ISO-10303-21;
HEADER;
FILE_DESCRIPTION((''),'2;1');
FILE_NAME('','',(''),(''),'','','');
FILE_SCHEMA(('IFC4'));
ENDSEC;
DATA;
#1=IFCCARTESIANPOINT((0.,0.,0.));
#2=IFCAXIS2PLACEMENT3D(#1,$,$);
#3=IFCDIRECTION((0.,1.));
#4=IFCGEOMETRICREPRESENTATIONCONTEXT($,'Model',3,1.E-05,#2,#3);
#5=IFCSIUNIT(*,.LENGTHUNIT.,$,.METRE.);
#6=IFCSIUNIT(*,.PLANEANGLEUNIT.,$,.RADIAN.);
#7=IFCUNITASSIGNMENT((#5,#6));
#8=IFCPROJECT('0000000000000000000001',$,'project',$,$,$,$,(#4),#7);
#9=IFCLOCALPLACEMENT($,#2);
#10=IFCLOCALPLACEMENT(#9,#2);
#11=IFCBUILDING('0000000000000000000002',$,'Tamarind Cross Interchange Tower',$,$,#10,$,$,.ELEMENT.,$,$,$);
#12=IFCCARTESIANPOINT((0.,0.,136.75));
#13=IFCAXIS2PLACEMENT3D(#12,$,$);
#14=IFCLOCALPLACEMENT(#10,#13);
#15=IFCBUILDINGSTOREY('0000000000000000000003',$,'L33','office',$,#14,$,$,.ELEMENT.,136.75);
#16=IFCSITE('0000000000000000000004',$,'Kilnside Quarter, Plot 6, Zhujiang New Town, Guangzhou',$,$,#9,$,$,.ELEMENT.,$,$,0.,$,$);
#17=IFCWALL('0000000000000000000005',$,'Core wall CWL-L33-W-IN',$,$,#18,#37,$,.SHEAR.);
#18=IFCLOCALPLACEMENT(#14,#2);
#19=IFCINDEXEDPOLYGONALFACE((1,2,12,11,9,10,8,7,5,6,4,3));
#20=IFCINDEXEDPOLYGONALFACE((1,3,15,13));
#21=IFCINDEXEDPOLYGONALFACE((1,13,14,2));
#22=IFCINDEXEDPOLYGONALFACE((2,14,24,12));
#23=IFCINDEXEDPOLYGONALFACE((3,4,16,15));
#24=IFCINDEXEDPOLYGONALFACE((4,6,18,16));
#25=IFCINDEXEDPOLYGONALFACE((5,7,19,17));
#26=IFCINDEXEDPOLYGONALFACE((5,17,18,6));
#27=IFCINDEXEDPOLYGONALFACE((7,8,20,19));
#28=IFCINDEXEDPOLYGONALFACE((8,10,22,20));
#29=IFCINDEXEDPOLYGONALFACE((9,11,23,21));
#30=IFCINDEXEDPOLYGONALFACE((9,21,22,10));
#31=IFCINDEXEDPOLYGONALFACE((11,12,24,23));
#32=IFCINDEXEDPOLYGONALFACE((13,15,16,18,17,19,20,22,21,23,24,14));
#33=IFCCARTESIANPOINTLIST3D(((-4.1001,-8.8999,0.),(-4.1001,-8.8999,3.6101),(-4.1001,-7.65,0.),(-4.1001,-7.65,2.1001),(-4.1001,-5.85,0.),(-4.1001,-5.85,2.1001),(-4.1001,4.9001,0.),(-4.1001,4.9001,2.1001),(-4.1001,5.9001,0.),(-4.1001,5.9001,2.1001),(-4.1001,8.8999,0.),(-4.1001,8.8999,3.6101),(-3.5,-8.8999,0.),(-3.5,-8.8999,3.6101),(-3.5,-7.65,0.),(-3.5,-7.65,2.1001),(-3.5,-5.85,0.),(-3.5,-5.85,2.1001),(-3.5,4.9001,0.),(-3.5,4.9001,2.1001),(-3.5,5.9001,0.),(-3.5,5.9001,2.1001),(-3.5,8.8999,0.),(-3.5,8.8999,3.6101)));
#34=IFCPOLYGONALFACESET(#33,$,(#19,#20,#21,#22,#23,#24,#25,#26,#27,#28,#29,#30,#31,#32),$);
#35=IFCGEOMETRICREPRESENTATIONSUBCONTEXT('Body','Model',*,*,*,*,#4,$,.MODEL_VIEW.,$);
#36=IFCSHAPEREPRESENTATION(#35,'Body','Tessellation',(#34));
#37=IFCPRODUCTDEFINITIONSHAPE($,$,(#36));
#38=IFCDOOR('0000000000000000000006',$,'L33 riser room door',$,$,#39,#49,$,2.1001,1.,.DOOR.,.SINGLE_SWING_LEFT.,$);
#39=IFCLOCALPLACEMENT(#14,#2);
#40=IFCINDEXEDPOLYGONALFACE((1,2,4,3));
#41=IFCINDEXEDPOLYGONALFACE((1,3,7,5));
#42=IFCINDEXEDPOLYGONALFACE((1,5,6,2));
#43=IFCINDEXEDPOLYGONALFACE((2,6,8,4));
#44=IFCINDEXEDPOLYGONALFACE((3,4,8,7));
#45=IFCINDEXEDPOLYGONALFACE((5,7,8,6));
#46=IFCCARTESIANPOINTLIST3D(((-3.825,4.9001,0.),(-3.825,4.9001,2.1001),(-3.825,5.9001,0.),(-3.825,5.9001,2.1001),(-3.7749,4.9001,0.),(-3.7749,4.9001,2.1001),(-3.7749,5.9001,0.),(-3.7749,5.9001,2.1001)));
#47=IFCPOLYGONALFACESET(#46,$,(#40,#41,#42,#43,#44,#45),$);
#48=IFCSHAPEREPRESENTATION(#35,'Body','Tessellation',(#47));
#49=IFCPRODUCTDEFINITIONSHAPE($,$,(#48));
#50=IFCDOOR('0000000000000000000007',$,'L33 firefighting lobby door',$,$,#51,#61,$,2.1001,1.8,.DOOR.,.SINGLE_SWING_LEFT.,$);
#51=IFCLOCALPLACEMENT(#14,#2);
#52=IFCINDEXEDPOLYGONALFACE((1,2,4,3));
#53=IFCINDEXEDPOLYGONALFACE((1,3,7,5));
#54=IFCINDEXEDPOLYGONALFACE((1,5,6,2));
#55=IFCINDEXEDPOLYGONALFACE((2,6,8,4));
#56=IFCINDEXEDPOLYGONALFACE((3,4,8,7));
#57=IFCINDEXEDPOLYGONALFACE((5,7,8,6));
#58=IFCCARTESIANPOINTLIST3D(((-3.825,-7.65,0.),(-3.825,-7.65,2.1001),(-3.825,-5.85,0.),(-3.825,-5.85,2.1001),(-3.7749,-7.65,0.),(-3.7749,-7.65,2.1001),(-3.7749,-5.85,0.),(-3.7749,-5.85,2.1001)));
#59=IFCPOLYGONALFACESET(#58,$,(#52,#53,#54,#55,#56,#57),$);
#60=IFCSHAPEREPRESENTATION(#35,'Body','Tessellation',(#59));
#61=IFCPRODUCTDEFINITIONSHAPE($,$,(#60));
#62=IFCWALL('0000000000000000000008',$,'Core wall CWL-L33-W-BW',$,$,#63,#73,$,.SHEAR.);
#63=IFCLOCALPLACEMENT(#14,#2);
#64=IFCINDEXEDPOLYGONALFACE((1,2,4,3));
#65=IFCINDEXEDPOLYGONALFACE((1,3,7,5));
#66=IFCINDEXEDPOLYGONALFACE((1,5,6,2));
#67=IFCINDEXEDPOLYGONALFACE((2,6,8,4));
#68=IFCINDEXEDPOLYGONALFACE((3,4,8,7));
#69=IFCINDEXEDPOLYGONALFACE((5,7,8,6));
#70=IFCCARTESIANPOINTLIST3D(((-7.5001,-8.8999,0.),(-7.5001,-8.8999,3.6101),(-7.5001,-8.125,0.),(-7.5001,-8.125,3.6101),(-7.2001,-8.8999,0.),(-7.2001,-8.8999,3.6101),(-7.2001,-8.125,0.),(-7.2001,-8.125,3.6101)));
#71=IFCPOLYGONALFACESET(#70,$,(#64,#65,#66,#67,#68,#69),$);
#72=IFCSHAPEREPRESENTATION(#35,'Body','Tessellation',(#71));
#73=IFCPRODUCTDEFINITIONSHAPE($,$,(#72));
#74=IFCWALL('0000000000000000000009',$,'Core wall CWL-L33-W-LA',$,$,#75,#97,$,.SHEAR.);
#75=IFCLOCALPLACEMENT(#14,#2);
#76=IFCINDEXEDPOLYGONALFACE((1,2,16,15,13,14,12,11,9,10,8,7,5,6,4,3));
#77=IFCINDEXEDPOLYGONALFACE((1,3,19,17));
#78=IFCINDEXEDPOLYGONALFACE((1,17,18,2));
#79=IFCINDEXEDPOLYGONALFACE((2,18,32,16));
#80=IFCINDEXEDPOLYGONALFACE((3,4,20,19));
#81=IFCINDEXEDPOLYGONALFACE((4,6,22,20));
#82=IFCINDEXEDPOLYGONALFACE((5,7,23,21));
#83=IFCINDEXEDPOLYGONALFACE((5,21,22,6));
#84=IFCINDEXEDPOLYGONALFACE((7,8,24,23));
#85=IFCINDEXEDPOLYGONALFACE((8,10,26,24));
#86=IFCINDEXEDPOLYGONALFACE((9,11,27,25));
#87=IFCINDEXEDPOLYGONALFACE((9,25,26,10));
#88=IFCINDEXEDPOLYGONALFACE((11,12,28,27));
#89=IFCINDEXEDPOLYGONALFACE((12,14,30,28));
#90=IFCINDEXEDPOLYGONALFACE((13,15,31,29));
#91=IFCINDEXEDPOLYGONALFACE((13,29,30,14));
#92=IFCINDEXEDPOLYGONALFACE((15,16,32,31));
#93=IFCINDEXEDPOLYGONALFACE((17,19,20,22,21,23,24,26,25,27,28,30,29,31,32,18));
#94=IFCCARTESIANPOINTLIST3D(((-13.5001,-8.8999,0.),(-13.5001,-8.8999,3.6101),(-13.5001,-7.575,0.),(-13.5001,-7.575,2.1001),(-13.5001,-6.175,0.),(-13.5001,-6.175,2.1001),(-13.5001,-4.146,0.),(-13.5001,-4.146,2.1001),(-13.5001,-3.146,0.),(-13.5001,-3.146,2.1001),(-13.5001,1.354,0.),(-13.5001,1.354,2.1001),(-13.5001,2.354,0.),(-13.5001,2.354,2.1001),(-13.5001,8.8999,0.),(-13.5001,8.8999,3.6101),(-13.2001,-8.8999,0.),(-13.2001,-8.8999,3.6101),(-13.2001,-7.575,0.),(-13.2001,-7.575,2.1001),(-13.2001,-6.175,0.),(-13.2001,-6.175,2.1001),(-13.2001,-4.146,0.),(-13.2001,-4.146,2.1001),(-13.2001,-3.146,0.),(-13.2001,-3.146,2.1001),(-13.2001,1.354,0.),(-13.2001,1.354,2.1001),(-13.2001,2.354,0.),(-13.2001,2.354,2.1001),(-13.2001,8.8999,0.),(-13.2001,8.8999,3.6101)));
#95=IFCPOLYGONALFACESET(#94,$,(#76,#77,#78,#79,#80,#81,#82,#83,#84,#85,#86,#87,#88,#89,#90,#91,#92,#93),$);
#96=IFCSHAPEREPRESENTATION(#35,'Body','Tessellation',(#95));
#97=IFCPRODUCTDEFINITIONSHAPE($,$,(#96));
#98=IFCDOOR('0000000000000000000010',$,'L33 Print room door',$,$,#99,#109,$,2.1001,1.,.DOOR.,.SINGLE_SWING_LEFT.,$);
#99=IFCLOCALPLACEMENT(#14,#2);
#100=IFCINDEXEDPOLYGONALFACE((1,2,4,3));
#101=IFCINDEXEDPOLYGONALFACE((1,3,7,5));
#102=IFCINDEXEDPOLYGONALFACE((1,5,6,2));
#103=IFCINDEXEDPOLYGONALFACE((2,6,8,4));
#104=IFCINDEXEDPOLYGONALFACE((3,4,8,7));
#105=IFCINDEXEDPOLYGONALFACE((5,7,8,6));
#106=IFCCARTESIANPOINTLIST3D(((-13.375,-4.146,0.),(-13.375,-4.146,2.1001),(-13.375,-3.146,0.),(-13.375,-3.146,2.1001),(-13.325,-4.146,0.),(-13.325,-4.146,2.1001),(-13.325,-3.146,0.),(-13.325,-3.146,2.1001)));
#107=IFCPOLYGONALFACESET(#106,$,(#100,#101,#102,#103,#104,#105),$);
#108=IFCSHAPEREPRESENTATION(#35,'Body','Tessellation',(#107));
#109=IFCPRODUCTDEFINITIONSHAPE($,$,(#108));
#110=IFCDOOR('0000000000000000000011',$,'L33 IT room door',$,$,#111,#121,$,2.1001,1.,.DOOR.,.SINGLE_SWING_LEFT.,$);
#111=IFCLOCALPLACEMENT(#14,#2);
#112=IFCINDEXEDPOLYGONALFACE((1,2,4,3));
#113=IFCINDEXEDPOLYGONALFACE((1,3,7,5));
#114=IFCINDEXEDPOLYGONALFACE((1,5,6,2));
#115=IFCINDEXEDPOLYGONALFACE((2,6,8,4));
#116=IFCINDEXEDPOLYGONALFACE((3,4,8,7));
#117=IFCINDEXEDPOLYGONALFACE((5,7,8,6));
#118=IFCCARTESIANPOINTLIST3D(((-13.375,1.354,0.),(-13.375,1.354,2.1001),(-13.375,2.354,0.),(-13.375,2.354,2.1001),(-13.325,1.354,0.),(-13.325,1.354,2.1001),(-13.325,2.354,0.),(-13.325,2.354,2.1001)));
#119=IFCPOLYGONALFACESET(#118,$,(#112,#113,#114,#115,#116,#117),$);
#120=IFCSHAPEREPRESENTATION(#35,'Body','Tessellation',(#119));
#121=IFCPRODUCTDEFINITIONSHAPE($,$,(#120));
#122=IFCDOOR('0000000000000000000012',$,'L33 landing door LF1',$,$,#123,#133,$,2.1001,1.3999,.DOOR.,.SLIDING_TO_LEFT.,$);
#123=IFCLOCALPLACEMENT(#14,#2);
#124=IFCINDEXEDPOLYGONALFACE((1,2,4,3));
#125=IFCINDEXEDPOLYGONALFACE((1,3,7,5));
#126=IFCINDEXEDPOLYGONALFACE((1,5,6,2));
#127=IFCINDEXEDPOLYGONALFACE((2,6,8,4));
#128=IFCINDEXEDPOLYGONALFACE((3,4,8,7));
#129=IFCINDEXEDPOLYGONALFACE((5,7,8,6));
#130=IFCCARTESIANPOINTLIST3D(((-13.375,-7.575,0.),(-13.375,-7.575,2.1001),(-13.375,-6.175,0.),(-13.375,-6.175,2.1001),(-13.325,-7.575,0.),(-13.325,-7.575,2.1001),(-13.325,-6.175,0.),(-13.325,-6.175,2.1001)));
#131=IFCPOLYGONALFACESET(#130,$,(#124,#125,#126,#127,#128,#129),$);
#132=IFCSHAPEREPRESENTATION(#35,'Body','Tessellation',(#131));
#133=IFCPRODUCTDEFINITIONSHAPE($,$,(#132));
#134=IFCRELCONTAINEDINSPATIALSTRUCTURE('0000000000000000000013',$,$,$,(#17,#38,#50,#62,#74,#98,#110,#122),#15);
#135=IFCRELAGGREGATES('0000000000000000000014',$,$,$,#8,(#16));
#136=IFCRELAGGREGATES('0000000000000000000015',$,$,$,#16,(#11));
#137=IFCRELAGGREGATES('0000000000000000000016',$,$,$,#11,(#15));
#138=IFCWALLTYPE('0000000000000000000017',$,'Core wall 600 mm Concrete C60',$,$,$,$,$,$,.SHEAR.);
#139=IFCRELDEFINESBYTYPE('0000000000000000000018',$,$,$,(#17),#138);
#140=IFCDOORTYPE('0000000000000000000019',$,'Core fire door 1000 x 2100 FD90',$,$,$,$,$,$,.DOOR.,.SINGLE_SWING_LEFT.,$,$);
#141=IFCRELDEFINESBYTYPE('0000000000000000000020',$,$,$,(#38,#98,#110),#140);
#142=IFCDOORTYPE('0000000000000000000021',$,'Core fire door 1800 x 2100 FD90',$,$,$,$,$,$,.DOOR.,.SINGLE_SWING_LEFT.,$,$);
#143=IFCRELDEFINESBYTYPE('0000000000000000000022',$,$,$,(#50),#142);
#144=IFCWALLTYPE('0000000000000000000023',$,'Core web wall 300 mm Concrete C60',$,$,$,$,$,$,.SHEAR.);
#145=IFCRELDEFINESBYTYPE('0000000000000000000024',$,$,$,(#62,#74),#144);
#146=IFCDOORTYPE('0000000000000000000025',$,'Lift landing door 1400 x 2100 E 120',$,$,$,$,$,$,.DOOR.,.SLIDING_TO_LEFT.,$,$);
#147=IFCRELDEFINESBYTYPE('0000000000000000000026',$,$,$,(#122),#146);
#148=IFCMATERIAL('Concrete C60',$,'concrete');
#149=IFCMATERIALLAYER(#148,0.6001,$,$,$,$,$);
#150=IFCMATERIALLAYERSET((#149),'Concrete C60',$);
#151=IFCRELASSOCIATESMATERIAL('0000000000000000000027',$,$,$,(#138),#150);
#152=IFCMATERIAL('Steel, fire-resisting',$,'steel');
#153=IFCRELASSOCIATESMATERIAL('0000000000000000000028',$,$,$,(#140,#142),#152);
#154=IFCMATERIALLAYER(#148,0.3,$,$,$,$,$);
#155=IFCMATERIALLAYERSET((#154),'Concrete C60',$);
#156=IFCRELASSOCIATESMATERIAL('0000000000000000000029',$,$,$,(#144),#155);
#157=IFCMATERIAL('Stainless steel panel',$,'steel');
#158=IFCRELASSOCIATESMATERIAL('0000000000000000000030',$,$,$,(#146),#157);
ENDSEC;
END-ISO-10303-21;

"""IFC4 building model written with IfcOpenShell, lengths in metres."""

from ifc_helpers import new_model, si_unit, direction, frame, frame_2d, origin, place, context, subcontext, project, spatial, rectangle, extrude, material, layer, layer_set, type_object, element, fill, save


model = new_model("IFC4")

# Units and contexts
model_context = context("Model", 3, precision=1e-05, world=origin(), true_north=direction((0.0, 1.0)))
body_context = subcontext(model_context, "Body", "Model", "MODEL_VIEW")
ifc_project = project(units=[si_unit("LENGTHUNIT", "METRE"), si_unit("PLANEANGLEUNIT", "RADIAN")], contexts=[model_context])

# Site, building, storey
site_placement = place(None, origin())
site = spatial("IfcSite", under=ifc_project, at=site_placement, Name="Kilnside Quarter, Plot 6, Zhujiang New Town, Guangzhou", CompositionType="ELEMENT", RefElevation=0.0)
building_placement = place(site_placement, origin())
building = spatial("IfcBuilding", under=site, at=building_placement, Name="Tamarind Cross Interchange Tower", CompositionType="ELEMENT")
storey_placement = place(building_placement, frame((0.0, 0.0, 136.75)))
storey = spatial("IfcBuildingStorey", under=building, at=storey_placement, Name="L33", Description="office", CompositionType="ELEMENT", Elevation=136.75)

# Wall, openings, doors
ifc_material_1 = material(Name="Concrete C60", Category="concrete")
ifc_layer_1 = layer(ifc_material_1, 0.6001)
ifc_layer_set_1 = layer_set([ifc_layer_1], Name="Concrete C60")
wall_type_1 = type_object("IfcWallType", Name="Core wall 600 mm Concrete C60", PredefinedType="SHEAR", material=ifc_layer_set_1)
wall_1_placement = place(storey_placement, frame((-3.8, -8.8999, 0.0), z_axis=(0.0, 0.0, 1.0), x_axis=(0.0, 1.0, 0.0)))
wall_1 = element("IfcWall", 1, at=wall_1_placement, inside=storey, type_object=wall_type_1, Name="Core wall CWL-L33-W-IN", PredefinedType="SHEAR", context=body_context, shape_type="SweptSolid", body=[
    extrude(rectangle(XDim=17.7998, YDim=0.6001, at=frame_2d((8.8999, 0.0))), origin(), (0.0, 0.0, 1.0), 3.6101),
])
opening_1_placement = place(wall_1_placement, frame((1.25, 0.0, 0.0)))
opening_1 = element("IfcOpeningElement", 2, at=opening_1_placement, cuts=wall_1, PredefinedType="OPENING", context=body_context, shape_type="SweptSolid", body=[
    extrude(rectangle(XDim=1.8, YDim=2.1001, at=frame_2d((0.8999, 1.05))), frame((0.0, 0.3101, 0.0), z_axis=(0.0, -1.0, 0.0), x_axis=(1.0, 0.0, 0.0)), (0.0, 0.0, 1.0), 0.6201),
])
opening_2_placement = place(wall_1_placement, frame((13.8, 0.0, 0.0)))
opening_2 = element("IfcOpeningElement", 3, at=opening_2_placement, cuts=wall_1, PredefinedType="OPENING", context=body_context, shape_type="SweptSolid", body=[
    extrude(rectangle(XDim=1.0, YDim=2.1001, at=frame_2d((0.5, 1.05))), frame((0.0, 0.3101, 0.0), z_axis=(0.0, -1.0, 0.0), x_axis=(1.0, 0.0, 0.0)), (0.0, 0.0, 1.0), 0.6201),
])
ifc_material_2 = material(Name="Steel, fire-resisting", Category="steel")
door_type_1 = type_object("IfcDoorType", Name="Core fire door 1000 x 2100 FD90", OperationType="SINGLE_SWING_LEFT", PredefinedType="DOOR", material=ifc_material_2)
door_1_placement = place(opening_2_placement, origin())
door_1 = element("IfcDoor", 4, at=door_1_placement, inside=storey, type_object=door_type_1, Name="L33 riser room door", OperationType="SINGLE_SWING_LEFT", OverallHeight=2.1001, OverallWidth=1.0, PredefinedType="DOOR", context=body_context, shape_type="SweptSolid", body=[
    extrude(rectangle(XDim=1.0, YDim=2.1001, at=frame_2d((0.5, 1.05))), frame((0.0, 0.0249, 0.0), z_axis=(0.0, -1.0, 0.0), x_axis=(1.0, 0.0, 0.0)), (0.0, 0.0, 1.0), 0.05),
])
fill(opening_2, door_1)
door_type_2 = type_object("IfcDoorType", Name="Core fire door 1800 x 2100 FD90", OperationType="SINGLE_SWING_LEFT", PredefinedType="DOOR", material=ifc_material_2)
door_2_placement = place(opening_1_placement, origin())
door_2 = element("IfcDoor", 5, at=door_2_placement, inside=storey, type_object=door_type_2, Name="L33 firefighting lobby door", OperationType="SINGLE_SWING_LEFT", OverallHeight=2.1001, OverallWidth=1.8, PredefinedType="DOOR", context=body_context, shape_type="SweptSolid", body=[
    extrude(rectangle(XDim=1.8, YDim=2.1001, at=frame_2d((0.8999, 1.05))), frame((0.0, 0.0249, 0.0), z_axis=(0.0, -1.0, 0.0), x_axis=(1.0, 0.0, 0.0)), (0.0, 0.0, 1.0), 0.05),
])
fill(opening_1, door_2)

# Wall
ifc_layer_2 = layer(ifc_material_1, 0.3)
ifc_layer_set_2 = layer_set([ifc_layer_2], Name="Concrete C60")
wall_type_2 = type_object("IfcWallType", Name="Core web wall 300 mm Concrete C60", PredefinedType="SHEAR", material=ifc_layer_set_2)
wall_2_placement = place(storey_placement, frame((-7.3501, -8.8999, 0.0), z_axis=(0.0, 0.0, 1.0), x_axis=(0.0, 1.0, 0.0)))
element("IfcWall", 6, at=wall_2_placement, inside=storey, type_object=wall_type_2, Name="Core wall CWL-L33-W-BW", PredefinedType="SHEAR", context=body_context, shape_type="SweptSolid", body=[
    extrude(rectangle(XDim=0.7749, YDim=0.3, at=frame_2d((0.3875, 0.0))), origin(), (0.0, 0.0, 1.0), 3.6101),
])

# Wall, openings, doors
wall_3_placement = place(storey_placement, frame((-13.3501, -8.8999, 0.0), z_axis=(0.0, 0.0, 1.0), x_axis=(0.0, 1.0, 0.0)))
wall_3 = element("IfcWall", 7, at=wall_3_placement, inside=storey, type_object=wall_type_2, Name="Core wall CWL-L33-W-LA", PredefinedType="SHEAR", context=body_context, shape_type="SweptSolid", body=[
    extrude(rectangle(XDim=17.7998, YDim=0.3, at=frame_2d((8.8999, 0.0))), origin(), (0.0, 0.0, 1.0), 3.6101),
])
opening_3_placement = place(wall_3_placement, frame((1.325, 0.0, 0.0)))
opening_3 = element("IfcOpeningElement", 8, at=opening_3_placement, cuts=wall_3, PredefinedType="OPENING", context=body_context, shape_type="SweptSolid", body=[
    extrude(rectangle(XDim=1.3999, YDim=2.1001, at=frame_2d((0.7, 1.05))), frame((0.0, 0.1599, 0.0), z_axis=(0.0, -1.0, 0.0), x_axis=(1.0, 0.0, 0.0)), (0.0, 0.0, 1.0), 0.3201),
])
opening_4_placement = place(wall_3_placement, frame((4.7539, 0.0, 0.0)))
opening_4 = element("IfcOpeningElement", 9, at=opening_4_placement, cuts=wall_3, PredefinedType="OPENING", context=body_context, shape_type="SweptSolid", body=[
    extrude(rectangle(XDim=1.0, YDim=2.1001, at=frame_2d((0.5, 1.05))), frame((0.0, 0.1599, 0.0), z_axis=(0.0, -1.0, 0.0), x_axis=(1.0, 0.0, 0.0)), (0.0, 0.0, 1.0), 0.3201),
])
opening_5_placement = place(wall_3_placement, frame((10.2539, 0.0, 0.0)))
opening_5 = element("IfcOpeningElement", 10, at=opening_5_placement, cuts=wall_3, PredefinedType="OPENING", context=body_context, shape_type="SweptSolid", body=[
    extrude(rectangle(XDim=1.0, YDim=2.1001, at=frame_2d((0.5, 1.05))), frame((0.0, 0.1599, 0.0), z_axis=(0.0, -1.0, 0.0), x_axis=(1.0, 0.0, 0.0)), (0.0, 0.0, 1.0), 0.3201),
])
door_3_placement = place(opening_4_placement, origin())
door_3 = element("IfcDoor", 11, at=door_3_placement, inside=storey, type_object=door_type_1, Name="L33 Print room door", OperationType="SINGLE_SWING_LEFT", OverallHeight=2.1001, OverallWidth=1.0, PredefinedType="DOOR", context=body_context, shape_type="SweptSolid", body=[
    extrude(rectangle(XDim=1.0, YDim=2.1001, at=frame_2d((0.5, 1.05))), frame((0.0, 0.0249, 0.0), z_axis=(0.0, -1.0, 0.0), x_axis=(1.0, 0.0, 0.0)), (0.0, 0.0, 1.0), 0.05),
])
fill(opening_4, door_3)
door_4_placement = place(opening_5_placement, origin())
door_4 = element("IfcDoor", 12, at=door_4_placement, inside=storey, type_object=door_type_1, Name="L33 IT room door", OperationType="SINGLE_SWING_LEFT", OverallHeight=2.1001, OverallWidth=1.0, PredefinedType="DOOR", context=body_context, shape_type="SweptSolid", body=[
    extrude(rectangle(XDim=1.0, YDim=2.1001, at=frame_2d((0.5, 1.05))), frame((0.0, 0.0249, 0.0), z_axis=(0.0, -1.0, 0.0), x_axis=(1.0, 0.0, 0.0)), (0.0, 0.0, 1.0), 0.05),
])
fill(opening_5, door_4)
ifc_material_3 = material(Name="Stainless steel panel", Category="steel")
door_type_3 = type_object("IfcDoorType", Name="Lift landing door 1400 x 2100 E 120", OperationType="SLIDING_TO_LEFT", PredefinedType="DOOR", material=ifc_material_3)
door_5_placement = place(opening_3_placement, origin())
door_5 = element("IfcDoor", 13, at=door_5_placement, inside=storey, type_object=door_type_3, Name="L33 landing door LF1", OperationType="SLIDING_TO_LEFT", OverallHeight=2.1001, OverallWidth=1.3999, PredefinedType="DOOR", context=body_context, shape_type="SweptSolid", body=[
    extrude(rectangle(XDim=1.3999, YDim=2.1001, at=frame_2d((0.7, 1.05))), frame((0.0, 0.0249, 0.0), z_axis=(0.0, -1.0, 0.0), x_axis=(1.0, 0.0, 0.0)), (0.0, 0.0, 1.0), 0.05),
])
fill(opening_3, door_5)

save(model, "model.ifc")
